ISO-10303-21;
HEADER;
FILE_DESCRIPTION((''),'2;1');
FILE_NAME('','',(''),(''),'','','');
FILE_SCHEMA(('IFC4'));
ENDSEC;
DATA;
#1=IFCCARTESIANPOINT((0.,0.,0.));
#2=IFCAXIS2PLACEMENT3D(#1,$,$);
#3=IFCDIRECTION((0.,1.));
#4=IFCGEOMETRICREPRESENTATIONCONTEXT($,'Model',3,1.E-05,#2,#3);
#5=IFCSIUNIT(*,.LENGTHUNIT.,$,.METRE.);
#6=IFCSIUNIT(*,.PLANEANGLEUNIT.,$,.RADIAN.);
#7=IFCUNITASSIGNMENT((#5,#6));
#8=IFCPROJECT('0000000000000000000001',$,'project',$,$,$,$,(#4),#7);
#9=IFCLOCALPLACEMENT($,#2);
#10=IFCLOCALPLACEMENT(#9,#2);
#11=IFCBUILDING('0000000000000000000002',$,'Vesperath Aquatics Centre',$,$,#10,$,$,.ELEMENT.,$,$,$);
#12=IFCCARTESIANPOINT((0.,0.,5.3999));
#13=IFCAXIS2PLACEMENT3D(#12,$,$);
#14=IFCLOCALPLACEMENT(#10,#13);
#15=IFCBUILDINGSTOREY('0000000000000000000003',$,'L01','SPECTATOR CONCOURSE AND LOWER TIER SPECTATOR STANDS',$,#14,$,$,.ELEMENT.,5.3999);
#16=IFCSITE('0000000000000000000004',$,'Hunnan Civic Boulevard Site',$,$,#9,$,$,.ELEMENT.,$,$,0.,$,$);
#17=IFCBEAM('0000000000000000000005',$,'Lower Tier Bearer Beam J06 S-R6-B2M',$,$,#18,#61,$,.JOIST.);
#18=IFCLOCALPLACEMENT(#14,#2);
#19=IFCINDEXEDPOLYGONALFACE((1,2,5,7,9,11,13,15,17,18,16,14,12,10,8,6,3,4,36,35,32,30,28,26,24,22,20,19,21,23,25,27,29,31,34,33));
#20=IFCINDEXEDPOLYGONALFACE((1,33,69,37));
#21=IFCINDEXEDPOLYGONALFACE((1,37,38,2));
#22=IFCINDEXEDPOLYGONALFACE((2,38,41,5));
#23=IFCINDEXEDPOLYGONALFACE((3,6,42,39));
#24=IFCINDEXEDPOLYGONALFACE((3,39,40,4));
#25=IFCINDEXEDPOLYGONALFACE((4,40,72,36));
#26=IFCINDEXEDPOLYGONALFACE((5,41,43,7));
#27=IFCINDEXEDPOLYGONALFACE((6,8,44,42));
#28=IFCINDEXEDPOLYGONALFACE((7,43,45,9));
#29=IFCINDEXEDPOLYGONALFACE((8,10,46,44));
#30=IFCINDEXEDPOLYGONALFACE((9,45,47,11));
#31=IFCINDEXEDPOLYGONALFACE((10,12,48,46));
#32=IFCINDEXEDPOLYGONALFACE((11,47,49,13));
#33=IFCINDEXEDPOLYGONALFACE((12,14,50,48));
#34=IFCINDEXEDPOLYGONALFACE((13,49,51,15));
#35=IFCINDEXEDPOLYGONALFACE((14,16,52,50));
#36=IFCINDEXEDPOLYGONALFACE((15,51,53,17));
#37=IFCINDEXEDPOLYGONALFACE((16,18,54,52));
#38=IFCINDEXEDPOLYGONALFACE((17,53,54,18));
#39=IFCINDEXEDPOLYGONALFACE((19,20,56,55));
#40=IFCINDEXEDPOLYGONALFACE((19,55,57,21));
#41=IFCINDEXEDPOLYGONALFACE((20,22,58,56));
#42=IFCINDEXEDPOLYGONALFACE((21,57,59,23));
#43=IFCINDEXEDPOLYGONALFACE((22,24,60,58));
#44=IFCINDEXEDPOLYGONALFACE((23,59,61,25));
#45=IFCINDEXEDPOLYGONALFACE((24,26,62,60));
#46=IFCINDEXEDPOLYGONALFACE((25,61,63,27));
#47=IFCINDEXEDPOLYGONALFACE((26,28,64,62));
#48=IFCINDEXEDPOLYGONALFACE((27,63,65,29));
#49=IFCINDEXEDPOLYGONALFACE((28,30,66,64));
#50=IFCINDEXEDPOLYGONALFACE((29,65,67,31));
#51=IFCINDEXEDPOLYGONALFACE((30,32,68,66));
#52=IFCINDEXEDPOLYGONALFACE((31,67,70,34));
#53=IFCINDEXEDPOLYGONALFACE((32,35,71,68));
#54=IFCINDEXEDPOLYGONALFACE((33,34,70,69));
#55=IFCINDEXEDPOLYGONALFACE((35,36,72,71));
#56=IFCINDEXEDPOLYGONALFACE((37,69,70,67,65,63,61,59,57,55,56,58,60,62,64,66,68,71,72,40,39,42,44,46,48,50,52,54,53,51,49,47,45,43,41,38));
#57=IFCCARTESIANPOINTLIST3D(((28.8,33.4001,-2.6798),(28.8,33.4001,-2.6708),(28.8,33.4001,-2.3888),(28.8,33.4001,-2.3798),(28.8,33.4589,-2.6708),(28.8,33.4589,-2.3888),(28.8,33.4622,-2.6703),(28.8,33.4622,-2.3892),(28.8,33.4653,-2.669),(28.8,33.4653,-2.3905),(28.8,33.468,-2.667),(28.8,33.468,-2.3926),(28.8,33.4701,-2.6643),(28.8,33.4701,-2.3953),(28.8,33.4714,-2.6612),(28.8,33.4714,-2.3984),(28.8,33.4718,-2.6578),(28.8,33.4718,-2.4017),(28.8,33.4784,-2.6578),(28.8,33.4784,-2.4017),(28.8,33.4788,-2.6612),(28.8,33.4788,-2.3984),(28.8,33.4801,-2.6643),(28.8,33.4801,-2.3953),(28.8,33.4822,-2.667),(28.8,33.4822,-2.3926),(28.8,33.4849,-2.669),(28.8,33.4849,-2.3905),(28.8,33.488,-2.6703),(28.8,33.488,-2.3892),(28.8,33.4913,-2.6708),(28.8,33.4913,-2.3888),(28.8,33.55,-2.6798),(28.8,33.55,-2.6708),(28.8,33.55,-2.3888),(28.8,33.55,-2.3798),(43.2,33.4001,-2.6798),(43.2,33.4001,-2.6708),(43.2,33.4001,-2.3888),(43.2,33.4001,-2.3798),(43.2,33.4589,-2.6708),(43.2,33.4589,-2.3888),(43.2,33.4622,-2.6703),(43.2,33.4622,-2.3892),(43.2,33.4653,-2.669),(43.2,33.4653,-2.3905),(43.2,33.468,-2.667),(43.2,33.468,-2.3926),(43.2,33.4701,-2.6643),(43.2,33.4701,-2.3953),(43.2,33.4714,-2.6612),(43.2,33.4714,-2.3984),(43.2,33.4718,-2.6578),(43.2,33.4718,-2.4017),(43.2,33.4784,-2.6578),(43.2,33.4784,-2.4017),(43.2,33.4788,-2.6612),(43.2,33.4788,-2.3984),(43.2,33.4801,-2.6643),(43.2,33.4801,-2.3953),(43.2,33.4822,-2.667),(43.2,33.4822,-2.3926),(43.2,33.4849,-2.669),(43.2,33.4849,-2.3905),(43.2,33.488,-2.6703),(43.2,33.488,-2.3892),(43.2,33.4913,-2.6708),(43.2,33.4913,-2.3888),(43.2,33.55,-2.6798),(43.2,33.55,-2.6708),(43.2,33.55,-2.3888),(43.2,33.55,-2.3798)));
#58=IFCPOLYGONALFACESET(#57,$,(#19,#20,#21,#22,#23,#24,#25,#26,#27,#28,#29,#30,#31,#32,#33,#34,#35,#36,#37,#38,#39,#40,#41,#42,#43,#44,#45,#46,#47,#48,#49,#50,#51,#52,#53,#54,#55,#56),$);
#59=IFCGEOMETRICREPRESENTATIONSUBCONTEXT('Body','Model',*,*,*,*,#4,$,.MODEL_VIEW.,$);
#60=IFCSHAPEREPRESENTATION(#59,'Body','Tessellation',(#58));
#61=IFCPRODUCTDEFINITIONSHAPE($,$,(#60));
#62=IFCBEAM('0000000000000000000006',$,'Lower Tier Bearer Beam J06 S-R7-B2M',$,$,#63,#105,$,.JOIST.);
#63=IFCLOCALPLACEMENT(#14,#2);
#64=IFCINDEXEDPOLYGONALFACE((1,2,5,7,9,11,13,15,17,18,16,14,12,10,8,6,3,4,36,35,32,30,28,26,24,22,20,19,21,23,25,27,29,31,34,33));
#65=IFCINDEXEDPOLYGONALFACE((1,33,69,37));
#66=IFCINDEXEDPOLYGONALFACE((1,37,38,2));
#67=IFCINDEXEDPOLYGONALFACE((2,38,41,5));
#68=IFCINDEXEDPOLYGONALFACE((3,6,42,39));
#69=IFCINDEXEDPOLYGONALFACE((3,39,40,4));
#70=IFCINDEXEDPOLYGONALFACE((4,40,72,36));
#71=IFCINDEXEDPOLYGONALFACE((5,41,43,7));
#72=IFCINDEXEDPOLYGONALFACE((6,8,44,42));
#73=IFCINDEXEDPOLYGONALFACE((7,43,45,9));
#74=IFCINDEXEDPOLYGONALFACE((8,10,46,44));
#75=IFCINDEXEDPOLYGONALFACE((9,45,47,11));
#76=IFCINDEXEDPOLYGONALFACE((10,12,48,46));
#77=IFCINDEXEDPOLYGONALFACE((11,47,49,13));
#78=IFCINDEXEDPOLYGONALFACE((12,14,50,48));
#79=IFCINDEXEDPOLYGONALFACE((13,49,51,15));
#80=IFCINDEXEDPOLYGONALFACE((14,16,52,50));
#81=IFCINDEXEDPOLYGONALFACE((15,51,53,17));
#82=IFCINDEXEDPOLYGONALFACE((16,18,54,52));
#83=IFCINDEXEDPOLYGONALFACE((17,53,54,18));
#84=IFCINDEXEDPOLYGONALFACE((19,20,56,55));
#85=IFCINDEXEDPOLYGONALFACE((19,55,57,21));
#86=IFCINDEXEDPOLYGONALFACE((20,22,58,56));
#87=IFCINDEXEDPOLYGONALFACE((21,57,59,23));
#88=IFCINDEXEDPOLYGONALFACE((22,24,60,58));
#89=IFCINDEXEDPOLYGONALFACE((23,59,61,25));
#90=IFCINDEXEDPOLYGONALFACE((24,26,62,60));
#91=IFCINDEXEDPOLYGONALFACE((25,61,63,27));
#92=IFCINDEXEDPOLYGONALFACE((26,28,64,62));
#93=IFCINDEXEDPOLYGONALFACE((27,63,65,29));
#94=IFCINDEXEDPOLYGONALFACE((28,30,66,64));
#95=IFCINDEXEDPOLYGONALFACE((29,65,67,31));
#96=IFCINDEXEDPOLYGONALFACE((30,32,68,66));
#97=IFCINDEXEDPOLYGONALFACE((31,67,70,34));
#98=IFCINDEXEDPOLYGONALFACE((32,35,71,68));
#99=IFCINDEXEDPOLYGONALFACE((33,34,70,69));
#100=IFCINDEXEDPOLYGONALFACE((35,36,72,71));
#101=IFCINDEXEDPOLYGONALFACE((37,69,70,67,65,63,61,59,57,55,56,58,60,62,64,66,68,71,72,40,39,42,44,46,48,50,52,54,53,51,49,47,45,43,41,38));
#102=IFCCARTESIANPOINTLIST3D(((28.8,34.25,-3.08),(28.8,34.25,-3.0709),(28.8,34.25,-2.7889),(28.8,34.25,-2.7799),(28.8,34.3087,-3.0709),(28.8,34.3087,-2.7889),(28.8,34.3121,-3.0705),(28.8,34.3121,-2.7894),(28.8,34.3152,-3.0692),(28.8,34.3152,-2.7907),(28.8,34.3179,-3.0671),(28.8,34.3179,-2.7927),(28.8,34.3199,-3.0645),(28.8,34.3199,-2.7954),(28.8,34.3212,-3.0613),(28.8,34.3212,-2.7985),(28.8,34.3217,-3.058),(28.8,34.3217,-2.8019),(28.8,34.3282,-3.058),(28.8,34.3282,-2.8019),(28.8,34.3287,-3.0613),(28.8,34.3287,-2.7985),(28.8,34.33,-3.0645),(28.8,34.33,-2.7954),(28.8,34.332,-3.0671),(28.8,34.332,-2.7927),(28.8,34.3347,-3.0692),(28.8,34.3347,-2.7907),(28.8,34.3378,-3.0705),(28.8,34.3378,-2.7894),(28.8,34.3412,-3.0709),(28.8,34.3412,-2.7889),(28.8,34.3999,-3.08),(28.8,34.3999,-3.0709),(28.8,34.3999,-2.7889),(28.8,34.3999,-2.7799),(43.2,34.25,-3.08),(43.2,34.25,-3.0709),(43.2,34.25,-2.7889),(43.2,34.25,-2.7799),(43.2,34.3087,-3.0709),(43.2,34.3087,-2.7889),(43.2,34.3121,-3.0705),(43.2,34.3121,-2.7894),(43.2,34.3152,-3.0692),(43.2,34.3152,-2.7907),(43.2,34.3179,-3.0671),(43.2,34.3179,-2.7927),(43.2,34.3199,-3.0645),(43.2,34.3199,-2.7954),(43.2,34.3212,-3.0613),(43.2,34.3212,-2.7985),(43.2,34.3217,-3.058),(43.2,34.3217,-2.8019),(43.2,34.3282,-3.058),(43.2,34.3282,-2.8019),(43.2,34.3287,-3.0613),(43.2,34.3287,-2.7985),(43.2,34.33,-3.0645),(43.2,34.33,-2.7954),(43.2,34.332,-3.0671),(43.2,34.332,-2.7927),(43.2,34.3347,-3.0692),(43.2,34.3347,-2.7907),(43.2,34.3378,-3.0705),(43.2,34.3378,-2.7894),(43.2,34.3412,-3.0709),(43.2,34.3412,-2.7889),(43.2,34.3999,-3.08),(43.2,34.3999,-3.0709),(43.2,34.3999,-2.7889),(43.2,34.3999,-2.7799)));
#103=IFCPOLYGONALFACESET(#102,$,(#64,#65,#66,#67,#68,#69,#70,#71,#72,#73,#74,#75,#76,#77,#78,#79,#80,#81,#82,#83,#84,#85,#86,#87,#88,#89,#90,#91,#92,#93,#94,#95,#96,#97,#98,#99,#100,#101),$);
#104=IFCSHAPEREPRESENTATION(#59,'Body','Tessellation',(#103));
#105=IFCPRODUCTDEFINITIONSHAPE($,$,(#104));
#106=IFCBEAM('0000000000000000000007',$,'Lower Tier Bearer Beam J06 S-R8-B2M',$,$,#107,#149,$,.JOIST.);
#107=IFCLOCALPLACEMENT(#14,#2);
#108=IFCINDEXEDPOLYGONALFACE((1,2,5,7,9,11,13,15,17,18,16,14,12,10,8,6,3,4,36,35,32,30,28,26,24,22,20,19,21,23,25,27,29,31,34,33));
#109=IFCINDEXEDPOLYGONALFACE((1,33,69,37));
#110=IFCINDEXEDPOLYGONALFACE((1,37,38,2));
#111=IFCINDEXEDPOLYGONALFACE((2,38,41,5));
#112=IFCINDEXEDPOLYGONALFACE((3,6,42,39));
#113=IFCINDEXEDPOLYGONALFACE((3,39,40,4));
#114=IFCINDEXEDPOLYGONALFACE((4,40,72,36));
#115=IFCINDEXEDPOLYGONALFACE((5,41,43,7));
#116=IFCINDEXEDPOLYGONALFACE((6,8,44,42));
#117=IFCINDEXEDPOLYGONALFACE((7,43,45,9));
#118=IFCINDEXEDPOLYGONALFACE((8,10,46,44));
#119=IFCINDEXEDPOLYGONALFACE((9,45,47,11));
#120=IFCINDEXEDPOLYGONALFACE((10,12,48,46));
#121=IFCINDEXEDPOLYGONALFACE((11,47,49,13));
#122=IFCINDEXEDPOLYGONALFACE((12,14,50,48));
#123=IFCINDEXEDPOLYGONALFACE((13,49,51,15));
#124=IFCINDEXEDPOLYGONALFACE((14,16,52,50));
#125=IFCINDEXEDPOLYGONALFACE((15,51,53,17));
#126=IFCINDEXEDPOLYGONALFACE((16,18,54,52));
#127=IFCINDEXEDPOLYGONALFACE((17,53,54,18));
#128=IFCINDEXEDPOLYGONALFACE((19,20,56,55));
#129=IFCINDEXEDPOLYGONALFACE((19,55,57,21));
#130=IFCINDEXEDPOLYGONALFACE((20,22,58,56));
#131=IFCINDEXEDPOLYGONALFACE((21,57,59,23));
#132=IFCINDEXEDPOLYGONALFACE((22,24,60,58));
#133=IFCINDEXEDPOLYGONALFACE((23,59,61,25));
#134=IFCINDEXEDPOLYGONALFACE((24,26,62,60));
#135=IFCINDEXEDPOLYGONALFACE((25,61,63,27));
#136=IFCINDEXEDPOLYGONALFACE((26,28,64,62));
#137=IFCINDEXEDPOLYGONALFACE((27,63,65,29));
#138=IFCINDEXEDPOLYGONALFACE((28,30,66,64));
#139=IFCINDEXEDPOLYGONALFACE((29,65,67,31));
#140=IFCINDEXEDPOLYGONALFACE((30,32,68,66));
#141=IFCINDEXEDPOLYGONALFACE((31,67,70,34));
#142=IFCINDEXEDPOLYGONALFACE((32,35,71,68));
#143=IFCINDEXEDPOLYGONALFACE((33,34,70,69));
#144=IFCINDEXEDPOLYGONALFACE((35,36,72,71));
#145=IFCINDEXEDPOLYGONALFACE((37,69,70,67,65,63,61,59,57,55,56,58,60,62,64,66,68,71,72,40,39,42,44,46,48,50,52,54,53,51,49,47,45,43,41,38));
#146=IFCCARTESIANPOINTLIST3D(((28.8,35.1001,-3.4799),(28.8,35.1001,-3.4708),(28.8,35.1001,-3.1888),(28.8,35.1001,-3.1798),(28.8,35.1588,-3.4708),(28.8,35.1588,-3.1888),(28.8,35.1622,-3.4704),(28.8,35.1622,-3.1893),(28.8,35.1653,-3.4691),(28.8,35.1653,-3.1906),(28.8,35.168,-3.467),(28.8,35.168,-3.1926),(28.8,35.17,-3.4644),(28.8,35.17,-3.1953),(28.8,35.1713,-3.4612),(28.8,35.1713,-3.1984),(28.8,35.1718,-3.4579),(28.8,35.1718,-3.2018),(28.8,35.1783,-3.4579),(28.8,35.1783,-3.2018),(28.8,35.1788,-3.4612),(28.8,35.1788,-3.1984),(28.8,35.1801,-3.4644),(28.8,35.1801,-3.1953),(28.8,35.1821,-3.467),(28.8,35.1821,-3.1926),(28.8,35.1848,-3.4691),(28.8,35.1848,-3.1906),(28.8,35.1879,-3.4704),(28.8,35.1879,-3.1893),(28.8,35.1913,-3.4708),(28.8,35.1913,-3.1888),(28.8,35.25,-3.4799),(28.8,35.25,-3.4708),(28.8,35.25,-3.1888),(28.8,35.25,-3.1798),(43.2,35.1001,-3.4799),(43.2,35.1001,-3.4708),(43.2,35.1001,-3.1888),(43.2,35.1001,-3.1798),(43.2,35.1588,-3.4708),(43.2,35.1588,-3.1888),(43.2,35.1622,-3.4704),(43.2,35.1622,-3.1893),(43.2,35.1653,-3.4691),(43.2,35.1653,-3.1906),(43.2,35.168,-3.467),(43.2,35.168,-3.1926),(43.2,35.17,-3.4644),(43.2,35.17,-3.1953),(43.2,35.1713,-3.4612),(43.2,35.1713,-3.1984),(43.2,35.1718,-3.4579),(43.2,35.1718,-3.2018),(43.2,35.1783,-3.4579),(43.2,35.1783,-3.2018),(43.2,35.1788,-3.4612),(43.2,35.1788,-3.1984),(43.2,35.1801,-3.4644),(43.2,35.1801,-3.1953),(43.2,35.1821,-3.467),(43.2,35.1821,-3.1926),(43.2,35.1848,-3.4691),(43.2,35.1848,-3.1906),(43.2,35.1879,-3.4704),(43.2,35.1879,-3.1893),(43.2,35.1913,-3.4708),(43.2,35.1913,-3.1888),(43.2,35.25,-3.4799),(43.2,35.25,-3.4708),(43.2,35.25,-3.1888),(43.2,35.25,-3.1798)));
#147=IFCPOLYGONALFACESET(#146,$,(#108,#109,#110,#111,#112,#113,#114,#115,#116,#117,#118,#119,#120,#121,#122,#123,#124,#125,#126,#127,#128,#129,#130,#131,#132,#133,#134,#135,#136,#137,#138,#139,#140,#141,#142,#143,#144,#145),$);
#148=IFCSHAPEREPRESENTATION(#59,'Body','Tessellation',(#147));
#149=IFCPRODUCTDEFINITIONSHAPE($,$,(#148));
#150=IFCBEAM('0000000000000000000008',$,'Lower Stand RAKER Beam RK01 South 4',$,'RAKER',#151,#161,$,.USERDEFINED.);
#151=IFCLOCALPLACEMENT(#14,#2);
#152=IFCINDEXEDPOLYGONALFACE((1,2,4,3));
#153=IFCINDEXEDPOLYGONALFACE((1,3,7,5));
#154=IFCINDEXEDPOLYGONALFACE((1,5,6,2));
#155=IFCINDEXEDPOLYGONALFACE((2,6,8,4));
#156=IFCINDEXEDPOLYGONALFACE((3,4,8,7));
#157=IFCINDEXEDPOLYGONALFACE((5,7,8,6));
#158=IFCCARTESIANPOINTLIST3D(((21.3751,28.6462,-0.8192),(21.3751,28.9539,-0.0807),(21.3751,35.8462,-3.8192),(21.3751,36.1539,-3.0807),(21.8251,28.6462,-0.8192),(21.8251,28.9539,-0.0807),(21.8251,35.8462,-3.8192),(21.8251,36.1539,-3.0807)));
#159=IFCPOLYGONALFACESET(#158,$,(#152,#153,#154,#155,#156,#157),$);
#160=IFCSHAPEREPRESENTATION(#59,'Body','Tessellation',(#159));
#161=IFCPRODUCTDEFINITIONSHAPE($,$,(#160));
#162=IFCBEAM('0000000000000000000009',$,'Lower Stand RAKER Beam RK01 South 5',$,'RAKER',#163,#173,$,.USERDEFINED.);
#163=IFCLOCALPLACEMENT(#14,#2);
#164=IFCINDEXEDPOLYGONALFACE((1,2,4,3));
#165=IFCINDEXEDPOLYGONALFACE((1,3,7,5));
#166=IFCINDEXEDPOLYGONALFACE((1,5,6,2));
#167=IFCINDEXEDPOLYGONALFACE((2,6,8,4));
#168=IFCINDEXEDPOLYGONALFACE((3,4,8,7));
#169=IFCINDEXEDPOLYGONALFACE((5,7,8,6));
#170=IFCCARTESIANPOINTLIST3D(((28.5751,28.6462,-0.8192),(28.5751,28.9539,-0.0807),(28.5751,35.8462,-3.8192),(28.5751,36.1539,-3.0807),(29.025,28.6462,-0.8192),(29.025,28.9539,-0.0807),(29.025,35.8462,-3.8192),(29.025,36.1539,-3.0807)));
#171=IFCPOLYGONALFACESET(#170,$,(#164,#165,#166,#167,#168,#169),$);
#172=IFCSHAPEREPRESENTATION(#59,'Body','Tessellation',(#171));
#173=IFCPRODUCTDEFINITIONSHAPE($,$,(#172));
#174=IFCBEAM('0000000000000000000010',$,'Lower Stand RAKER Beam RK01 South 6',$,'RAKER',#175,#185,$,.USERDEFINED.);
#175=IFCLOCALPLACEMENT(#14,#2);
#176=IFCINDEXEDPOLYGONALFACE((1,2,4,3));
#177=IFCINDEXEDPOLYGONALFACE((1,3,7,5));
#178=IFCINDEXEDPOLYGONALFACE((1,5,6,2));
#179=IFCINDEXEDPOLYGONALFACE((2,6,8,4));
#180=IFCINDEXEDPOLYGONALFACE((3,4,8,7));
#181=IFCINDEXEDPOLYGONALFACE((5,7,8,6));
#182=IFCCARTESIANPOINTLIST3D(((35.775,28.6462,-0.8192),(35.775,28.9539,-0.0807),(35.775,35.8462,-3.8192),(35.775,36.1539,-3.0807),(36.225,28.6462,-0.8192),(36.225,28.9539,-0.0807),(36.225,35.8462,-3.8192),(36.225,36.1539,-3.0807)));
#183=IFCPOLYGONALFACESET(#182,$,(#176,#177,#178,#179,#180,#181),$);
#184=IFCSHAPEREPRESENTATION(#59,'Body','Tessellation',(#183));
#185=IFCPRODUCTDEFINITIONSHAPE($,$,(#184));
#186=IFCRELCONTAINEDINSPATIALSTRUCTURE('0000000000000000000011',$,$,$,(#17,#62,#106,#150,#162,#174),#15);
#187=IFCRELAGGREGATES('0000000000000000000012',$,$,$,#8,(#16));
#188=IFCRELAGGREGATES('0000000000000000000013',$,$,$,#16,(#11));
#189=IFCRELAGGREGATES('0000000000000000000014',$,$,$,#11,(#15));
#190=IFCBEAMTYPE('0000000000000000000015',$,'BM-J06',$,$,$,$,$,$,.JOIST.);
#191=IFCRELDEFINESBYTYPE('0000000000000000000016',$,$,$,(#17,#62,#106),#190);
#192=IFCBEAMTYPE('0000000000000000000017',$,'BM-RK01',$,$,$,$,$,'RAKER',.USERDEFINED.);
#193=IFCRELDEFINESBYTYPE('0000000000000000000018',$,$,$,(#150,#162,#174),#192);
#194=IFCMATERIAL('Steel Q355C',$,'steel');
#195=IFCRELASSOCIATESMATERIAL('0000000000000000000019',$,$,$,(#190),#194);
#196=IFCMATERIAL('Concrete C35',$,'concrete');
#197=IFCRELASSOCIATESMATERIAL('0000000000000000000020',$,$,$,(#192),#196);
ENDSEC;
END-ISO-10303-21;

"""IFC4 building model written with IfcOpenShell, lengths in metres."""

from ifc_helpers import new_model, si_unit, direction, frame, origin, origin_2d, place, context, subcontext, project, spatial, rectangle, i_section, extrude, material, material_profile, profile_set, type_object, element, save


model = new_model("IFC4")

# Units and contexts
model_context = context("Model", 3, precision=1e-05, world=origin(), true_north=direction((0.0, 1.0)))
body_context = subcontext(model_context, "Body", "Model", "MODEL_VIEW")
ifc_project = project(units=[si_unit("LENGTHUNIT", "METRE"), si_unit("PLANEANGLEUNIT", "RADIAN")], contexts=[model_context])

# Site, building, storey
site_placement = place(None, origin())
site = spatial("IfcSite", under=ifc_project, at=site_placement, Name="Hunnan Civic Boulevard Site", CompositionType="ELEMENT", RefElevation=0.0)
building_placement = place(site_placement, origin())
building = spatial("IfcBuilding", under=site, at=building_placement, Name="Vesperath Aquatics Centre", CompositionType="ELEMENT")
storey_placement = place(building_placement, frame((0.0, 0.0, 5.3999)))
storey = spatial("IfcBuildingStorey", under=building, at=storey_placement, Name="L01", Description="SPECTATOR CONCOURSE AND LOWER TIER SPECTATOR STANDS", CompositionType="ELEMENT", Elevation=5.3999)

# Beams
ifc_material_1 = material(Name="Concrete C35", Category="concrete")
ifc_material_2 = material(Name="Steel Q355C", Category="steel")
ifc_material_profile_1 = material_profile(ifc_material_2, i_section(OverallWidth=0.1499, OverallDepth=0.3, WebThickness=0.0066, FlangeThickness=0.009, FilletRadius=0.0129, at=origin_2d()), Name="HN 300x150x6.5x9")
ifc_profile_set_1 = profile_set([ifc_material_profile_1], Name="Steel Q355C")
beam_type_1 = type_object("IfcBeamType", Name="BM-J06", PredefinedType="JOIST", material=ifc_profile_set_1)
for number, where, z_axis, x_axis, name in (
    (1, (28.8, 33.4751, -2.5298), (1.0, 0.0, 0.0), (0.0, 1.0, 0.0), "Lower Tier Bearer Beam J06 S-R6-B2M"),
    (2, (28.8, 34.325, -2.9299), (1.0, 0.0, 0.0), (0.0, 1.0, 0.0), "Lower Tier Bearer Beam J06 S-R7-B2M"),
    (3, (28.8, 35.175, -3.3298), (1.0, 0.0, 0.0), (0.0, 1.0, 0.0), "Lower Tier Bearer Beam J06 S-R8-B2M"),
):
    element("IfcBeam", number, at=place(storey_placement, frame(where, z_axis=z_axis, x_axis=x_axis)), inside=storey, type_object=beam_type_1, Name=name, PredefinedType="JOIST", context=body_context, shape_type="SweptSolid", body=[
        extrude(i_section(OverallWidth=0.1499, OverallDepth=0.3, WebThickness=0.0066, FlangeThickness=0.009, FilletRadius=0.0129, at=origin_2d()), origin(), (0.0, 0.0, 1.0), 14.3999),
    ])
ifc_material_profile_2 = material_profile(ifc_material_1, rectangle(XDim=0.45, YDim=0.8, at=origin_2d()), Name="RC 450x800")
ifc_profile_set_2 = profile_set([ifc_material_profile_2], Name="Concrete C35")
beam_type_2 = type_object("IfcBeamType", Name="BM-RK01", ElementType="RAKER", PredefinedType="USERDEFINED", material=ifc_profile_set_2)
for number, where, z_axis, x_axis, name in (
    (4, (21.6001, 28.8, -0.45), (0.0, 0.923076, -0.384618), (-1.0, 0.0, 0.0), "Lower Stand RAKER Beam RK01 South 4"),
    (5, (28.8, 28.8, -0.45), (0.0, 0.923076, -0.384618), (-1.0, 0.0, 0.0), "Lower Stand RAKER Beam RK01 South 5"),
    (6, (36.0, 28.8, -0.45), (0.0, 0.923076, -0.384618), (-1.0, 0.0, 0.0), "Lower Stand RAKER Beam RK01 South 6"),
):
    element("IfcBeam", number, at=place(storey_placement, frame(where, z_axis=z_axis, x_axis=x_axis)), inside=storey, type_object=beam_type_2, Name=name, ObjectType="RAKER", PredefinedType="USERDEFINED", context=body_context, shape_type="SweptSolid", body=[
        extrude(rectangle(XDim=0.45, YDim=0.8, at=origin_2d()), origin(), (0.0, 0.0, 1.0), 7.8),
    ])

save(model, "model.ifc")
